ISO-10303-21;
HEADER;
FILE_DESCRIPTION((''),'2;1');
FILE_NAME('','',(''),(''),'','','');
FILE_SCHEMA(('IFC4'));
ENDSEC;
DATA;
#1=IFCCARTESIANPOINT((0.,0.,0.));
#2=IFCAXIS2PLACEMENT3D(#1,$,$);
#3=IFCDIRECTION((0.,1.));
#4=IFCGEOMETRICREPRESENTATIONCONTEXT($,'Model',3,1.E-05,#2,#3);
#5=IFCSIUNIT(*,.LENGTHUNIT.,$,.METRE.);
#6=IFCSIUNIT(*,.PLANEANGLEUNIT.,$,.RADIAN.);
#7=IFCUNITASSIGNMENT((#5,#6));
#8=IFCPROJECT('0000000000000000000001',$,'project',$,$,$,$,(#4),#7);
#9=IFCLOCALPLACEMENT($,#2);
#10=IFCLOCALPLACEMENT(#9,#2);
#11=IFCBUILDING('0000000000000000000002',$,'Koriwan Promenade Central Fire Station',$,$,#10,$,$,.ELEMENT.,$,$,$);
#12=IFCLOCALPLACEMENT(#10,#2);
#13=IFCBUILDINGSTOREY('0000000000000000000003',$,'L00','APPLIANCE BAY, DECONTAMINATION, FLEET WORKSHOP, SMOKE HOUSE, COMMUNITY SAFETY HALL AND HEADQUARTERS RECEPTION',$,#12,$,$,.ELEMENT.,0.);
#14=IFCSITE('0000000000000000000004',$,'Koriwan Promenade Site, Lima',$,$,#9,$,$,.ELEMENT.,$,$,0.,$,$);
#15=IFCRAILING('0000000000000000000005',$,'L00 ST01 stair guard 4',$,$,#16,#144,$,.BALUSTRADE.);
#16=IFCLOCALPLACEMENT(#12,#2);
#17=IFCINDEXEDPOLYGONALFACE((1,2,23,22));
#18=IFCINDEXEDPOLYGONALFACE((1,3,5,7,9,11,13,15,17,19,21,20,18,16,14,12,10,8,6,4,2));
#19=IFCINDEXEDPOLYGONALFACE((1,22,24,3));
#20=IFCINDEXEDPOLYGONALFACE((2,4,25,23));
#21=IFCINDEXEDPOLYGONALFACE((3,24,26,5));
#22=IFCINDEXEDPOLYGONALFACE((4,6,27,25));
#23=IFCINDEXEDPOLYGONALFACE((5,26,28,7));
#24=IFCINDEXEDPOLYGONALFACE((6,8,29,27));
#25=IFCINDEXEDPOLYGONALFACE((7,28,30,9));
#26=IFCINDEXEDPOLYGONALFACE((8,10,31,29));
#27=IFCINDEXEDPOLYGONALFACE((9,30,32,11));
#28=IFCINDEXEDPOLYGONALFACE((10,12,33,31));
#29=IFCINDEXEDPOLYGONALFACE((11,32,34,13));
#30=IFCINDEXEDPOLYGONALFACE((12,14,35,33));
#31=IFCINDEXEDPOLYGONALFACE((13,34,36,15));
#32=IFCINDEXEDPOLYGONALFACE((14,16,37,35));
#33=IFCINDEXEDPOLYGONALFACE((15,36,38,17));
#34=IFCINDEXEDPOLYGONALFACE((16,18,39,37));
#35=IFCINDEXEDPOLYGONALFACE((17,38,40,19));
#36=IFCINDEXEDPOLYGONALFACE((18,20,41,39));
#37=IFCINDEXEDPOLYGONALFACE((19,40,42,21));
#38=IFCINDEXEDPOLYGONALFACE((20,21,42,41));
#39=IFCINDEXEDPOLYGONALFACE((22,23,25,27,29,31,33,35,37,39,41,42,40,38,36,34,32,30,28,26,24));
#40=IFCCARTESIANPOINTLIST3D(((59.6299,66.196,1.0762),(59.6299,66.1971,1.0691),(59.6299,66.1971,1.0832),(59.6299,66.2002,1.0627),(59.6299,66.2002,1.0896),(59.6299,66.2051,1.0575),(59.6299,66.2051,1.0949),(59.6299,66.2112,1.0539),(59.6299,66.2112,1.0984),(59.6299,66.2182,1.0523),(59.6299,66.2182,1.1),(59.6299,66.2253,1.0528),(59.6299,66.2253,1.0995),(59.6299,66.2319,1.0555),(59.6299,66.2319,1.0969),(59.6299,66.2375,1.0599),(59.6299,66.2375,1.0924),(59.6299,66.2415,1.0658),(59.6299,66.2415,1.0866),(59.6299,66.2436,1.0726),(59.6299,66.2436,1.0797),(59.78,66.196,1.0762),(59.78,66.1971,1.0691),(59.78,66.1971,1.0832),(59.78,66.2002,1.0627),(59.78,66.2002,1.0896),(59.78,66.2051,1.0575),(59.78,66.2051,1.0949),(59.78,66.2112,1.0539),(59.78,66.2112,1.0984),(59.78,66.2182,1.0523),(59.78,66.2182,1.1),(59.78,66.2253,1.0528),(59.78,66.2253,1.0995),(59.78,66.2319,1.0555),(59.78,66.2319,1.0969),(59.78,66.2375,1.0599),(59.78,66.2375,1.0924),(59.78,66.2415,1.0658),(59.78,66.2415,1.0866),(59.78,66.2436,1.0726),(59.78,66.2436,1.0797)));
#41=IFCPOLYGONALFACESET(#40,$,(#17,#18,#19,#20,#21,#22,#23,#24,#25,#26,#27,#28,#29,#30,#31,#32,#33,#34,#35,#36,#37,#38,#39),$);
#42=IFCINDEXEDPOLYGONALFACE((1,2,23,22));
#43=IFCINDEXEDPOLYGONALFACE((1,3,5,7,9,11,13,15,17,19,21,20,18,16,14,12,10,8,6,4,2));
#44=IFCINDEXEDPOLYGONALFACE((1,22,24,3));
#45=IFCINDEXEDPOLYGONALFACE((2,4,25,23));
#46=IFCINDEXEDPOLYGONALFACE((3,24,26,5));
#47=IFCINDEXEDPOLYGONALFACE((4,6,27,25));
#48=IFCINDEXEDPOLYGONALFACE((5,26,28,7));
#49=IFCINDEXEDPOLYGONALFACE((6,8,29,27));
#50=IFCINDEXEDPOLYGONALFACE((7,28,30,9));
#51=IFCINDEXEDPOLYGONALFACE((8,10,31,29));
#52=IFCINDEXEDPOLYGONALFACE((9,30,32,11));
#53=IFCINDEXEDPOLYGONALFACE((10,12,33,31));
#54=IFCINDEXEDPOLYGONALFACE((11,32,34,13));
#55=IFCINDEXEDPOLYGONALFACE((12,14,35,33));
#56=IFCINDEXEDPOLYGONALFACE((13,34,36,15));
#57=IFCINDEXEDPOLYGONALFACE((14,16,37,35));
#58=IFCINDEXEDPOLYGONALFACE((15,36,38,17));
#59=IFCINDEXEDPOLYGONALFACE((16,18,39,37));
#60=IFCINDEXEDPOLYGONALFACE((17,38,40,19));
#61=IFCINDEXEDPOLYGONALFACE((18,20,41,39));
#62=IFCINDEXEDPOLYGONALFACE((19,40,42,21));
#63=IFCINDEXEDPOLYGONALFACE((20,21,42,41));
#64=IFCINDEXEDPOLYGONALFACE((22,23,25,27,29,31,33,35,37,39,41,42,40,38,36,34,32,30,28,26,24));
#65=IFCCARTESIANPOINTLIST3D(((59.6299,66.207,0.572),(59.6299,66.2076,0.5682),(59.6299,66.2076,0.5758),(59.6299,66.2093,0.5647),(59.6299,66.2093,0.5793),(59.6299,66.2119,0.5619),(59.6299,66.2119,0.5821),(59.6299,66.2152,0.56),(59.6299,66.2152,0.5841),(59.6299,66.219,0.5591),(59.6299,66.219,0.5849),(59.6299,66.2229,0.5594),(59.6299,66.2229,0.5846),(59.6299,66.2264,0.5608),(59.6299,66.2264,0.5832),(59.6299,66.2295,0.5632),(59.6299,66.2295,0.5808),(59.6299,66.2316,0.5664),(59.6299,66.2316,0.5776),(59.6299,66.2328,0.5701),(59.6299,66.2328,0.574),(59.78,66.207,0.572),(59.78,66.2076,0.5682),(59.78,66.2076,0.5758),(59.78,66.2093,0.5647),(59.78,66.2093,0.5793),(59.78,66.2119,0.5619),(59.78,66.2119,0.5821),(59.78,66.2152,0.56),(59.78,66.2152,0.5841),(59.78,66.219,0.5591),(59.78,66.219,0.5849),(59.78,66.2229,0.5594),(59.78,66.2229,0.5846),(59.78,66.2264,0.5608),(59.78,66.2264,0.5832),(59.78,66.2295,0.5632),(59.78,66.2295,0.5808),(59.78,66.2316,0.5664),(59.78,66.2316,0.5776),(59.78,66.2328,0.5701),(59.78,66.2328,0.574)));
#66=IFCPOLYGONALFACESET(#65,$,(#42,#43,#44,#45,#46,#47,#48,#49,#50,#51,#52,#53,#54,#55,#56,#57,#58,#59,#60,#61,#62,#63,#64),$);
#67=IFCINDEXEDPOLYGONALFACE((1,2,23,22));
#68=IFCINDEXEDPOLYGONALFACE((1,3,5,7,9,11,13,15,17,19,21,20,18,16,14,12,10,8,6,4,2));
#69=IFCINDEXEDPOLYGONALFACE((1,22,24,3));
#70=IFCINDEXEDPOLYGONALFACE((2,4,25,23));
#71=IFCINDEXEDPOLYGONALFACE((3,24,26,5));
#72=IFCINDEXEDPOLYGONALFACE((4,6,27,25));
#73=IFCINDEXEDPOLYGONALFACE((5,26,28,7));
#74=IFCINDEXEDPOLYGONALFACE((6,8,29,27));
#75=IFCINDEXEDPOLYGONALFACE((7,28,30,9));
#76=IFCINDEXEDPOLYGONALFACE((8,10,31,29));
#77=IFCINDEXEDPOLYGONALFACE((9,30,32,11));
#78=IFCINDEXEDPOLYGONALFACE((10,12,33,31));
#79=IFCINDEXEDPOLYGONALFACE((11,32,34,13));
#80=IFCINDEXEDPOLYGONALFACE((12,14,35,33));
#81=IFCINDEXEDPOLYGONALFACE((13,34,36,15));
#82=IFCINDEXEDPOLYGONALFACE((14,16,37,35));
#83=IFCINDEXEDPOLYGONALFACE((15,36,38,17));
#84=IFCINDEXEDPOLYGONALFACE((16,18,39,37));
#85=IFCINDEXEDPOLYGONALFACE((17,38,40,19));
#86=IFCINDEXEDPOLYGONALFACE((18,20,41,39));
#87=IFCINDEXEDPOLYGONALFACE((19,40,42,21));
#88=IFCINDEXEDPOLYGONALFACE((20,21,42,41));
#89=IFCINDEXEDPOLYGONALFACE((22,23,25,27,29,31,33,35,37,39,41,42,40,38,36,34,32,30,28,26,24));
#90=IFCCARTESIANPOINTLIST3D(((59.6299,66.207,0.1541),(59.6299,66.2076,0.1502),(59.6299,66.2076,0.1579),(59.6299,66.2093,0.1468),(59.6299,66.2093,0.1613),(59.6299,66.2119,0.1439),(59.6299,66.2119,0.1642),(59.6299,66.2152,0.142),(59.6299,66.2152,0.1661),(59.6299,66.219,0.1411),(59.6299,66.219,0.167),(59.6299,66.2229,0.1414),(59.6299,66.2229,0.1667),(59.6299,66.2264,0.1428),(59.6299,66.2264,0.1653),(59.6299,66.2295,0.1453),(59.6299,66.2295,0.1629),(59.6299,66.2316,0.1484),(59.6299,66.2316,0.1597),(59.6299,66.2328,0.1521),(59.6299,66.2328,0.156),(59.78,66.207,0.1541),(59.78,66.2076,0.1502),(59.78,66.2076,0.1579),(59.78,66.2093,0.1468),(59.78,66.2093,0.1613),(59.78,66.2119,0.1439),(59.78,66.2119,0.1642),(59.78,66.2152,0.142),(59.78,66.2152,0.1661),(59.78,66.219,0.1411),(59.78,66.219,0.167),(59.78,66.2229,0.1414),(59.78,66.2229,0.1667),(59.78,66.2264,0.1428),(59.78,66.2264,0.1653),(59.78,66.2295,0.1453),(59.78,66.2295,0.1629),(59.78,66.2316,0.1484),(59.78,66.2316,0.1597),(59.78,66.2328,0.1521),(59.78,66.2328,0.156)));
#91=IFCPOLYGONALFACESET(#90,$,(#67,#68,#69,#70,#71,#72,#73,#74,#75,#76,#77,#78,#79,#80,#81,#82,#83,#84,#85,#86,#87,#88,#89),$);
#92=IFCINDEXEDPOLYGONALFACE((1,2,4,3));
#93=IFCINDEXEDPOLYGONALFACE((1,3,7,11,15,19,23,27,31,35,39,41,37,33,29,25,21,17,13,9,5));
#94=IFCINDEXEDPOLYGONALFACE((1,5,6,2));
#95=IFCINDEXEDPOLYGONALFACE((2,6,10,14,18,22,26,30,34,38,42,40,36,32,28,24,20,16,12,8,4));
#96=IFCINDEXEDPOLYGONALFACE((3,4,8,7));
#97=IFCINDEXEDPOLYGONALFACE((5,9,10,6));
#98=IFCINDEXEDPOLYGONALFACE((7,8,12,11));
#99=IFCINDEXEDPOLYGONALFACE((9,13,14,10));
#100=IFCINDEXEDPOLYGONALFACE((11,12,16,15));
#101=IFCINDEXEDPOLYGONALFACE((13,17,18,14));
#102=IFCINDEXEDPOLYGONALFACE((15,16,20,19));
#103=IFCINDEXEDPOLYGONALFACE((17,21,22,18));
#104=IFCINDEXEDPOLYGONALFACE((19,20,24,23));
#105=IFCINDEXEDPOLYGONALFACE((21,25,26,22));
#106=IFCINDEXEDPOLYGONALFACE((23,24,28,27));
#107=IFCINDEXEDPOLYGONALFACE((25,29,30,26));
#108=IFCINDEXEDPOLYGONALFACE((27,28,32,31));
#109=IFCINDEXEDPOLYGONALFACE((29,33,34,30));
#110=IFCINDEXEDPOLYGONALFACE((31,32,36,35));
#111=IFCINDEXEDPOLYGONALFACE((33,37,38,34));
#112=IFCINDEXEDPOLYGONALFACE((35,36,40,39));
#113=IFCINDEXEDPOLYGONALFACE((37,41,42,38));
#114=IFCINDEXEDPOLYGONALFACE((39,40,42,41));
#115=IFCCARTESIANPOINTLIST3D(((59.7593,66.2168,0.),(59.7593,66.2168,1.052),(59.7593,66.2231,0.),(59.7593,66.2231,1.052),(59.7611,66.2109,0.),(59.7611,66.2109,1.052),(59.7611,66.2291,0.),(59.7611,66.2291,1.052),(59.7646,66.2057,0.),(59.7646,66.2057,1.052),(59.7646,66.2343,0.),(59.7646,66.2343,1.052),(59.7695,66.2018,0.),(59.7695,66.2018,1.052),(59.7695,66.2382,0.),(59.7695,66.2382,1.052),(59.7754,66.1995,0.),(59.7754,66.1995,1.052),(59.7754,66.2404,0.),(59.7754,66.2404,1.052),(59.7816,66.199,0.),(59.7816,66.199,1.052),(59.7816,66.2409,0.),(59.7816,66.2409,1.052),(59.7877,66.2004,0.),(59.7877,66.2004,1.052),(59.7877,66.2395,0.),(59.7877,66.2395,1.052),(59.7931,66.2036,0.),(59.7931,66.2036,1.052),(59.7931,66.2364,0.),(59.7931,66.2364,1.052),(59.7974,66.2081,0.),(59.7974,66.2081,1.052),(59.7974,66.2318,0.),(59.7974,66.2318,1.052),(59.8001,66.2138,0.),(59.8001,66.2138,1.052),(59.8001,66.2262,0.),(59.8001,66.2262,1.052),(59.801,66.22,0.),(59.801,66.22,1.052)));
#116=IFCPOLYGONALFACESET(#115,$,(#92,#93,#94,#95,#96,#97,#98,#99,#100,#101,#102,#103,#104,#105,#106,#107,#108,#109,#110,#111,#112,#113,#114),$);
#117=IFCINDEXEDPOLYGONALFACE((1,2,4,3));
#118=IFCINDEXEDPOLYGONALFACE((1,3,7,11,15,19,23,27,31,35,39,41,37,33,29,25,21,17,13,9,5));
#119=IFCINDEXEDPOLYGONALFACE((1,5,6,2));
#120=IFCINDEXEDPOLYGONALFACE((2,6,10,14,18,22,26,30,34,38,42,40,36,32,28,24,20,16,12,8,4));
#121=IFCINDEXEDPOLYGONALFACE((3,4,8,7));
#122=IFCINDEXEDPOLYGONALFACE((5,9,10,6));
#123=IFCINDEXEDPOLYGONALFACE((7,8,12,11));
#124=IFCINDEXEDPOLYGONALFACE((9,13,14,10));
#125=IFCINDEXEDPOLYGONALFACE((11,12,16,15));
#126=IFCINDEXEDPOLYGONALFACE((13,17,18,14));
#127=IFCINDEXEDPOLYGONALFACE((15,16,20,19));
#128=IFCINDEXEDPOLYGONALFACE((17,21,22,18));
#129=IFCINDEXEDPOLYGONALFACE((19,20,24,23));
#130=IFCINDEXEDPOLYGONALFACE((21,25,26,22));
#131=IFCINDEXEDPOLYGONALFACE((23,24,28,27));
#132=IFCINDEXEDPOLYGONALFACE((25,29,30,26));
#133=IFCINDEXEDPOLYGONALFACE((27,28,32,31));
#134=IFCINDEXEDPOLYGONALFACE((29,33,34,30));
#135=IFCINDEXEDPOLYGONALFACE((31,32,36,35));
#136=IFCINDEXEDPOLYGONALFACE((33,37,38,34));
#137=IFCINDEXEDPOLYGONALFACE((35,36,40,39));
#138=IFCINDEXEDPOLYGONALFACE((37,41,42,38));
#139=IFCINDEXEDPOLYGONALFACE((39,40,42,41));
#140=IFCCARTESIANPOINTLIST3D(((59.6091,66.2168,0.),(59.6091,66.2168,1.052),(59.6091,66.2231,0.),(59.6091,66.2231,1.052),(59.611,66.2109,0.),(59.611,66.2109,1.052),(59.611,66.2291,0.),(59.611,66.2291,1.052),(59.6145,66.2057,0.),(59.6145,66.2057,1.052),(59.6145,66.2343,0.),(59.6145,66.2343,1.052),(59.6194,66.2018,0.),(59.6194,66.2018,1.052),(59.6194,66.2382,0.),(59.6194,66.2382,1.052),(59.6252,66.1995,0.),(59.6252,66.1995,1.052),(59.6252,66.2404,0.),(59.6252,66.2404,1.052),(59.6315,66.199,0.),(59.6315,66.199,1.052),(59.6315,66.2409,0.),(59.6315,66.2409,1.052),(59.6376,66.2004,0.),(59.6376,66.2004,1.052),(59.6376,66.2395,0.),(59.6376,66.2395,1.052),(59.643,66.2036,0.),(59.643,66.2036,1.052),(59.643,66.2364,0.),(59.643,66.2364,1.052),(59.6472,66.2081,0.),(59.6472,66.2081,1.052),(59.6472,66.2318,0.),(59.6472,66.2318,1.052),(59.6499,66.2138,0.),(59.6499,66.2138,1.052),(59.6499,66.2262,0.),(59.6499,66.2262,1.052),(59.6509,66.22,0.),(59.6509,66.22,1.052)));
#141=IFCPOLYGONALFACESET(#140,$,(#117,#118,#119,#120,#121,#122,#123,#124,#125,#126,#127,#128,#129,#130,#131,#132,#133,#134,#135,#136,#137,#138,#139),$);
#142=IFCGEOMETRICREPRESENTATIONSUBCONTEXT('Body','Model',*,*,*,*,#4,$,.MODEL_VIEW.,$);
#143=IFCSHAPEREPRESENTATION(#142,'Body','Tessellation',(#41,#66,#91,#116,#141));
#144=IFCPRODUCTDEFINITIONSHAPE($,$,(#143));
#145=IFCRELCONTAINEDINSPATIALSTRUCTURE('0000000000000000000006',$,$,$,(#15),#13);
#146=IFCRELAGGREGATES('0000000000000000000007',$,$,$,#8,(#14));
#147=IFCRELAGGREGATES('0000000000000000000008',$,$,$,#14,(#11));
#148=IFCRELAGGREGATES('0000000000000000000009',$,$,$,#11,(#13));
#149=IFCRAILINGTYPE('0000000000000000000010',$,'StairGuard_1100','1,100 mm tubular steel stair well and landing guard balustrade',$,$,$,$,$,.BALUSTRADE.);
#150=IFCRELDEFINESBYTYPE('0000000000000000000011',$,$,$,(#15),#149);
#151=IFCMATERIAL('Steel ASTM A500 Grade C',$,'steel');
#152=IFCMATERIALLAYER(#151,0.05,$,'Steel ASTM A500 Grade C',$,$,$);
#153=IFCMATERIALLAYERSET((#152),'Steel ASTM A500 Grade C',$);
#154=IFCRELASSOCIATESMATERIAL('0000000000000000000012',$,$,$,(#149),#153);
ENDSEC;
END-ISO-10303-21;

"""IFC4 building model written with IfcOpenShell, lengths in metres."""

from ifc_helpers import new_model, si_unit, direction, frame, origin, origin_2d, place, context, subcontext, project, spatial, circle, extrude, material, layer, layer_set, type_object, element, save


model = new_model("IFC4")

# Units and contexts
model_context = context("Model", 3, precision=1e-05, world=origin(), true_north=direction((0.0, 1.0)))
body_context = subcontext(model_context, "Body", "Model", "MODEL_VIEW")
ifc_project = project(units=[si_unit("LENGTHUNIT", "METRE"), si_unit("PLANEANGLEUNIT", "RADIAN")], contexts=[model_context])

# Site, building, storey
site_placement = place(None, origin())
site = spatial("IfcSite", under=ifc_project, at=site_placement, Name="Koriwan Promenade Site, Lima", CompositionType="ELEMENT", RefElevation=0.0)
building_placement = place(site_placement, origin())
building = spatial("IfcBuilding", under=site, at=building_placement, Name="Koriwan Promenade Central Fire Station", CompositionType="ELEMENT")
storey_placement = place(building_placement, origin())
storey = spatial("IfcBuildingStorey", under=building, at=storey_placement, Name="L00", Description="APPLIANCE BAY, DECONTAMINATION, FLEET WORKSHOP, SMOKE HOUSE, COMMUNITY SAFETY HALL AND HEADQUARTERS RECEPTION", CompositionType="ELEMENT", Elevation=0.0)

# Railing
ifc_material_1 = material(Name="Steel ASTM A500 Grade C", Category="steel")
ifc_layer_1 = layer(ifc_material_1, 0.05, Name="Steel ASTM A500 Grade C")
ifc_layer_set_1 = layer_set([ifc_layer_1], Name="Steel ASTM A500 Grade C")
railing_type = type_object("IfcRailingType", Name="StairGuard_1100", Description="1,100 mm tubular steel stair well and landing guard balustrade", PredefinedType="BALUSTRADE", material=ifc_layer_set_1)
railing_1_placement = place(storey_placement, frame((59.78, 66.22, 0.0)))
element("IfcRailing", 1, at=railing_1_placement, inside=storey, type_object=railing_type, Name="L00 ST01 stair guard 4", PredefinedType="BALUSTRADE", context=body_context, shape_type="SweptSolid", body=[
    extrude(circle(Radius=0.0239, at=origin_2d()), frame((0.0, 0.0, 1.0762), z_axis=(-1.0, 0.0, 0.0), x_axis=(0.0, -1.0, 0.0)), (0.0, 0.0, 1.0), 0.1501),
    extrude(circle(Radius=0.0129, at=origin_2d()), frame((0.0, 0.0, 0.572), z_axis=(-1.0, 0.0, 0.0), x_axis=(0.0, -1.0, 0.0)), (0.0, 0.0, 1.0), 0.1501),
    extrude(circle(Radius=0.0129, at=origin_2d()), frame((0.0, 0.0, 0.1541), z_axis=(-1.0, 0.0, 0.0), x_axis=(0.0, -1.0, 0.0)), (0.0, 0.0, 1.0), 0.1501),
    extrude(circle(Radius=0.021, at=origin_2d()), origin(), (0.0, 0.0, 1.0), 1.052),
    extrude(circle(Radius=0.021, at=origin_2d()), frame((-0.1501, 0.0, 0.0)), (0.0, 0.0, 1.0), 1.052),
])

save(model, "model.ifc")
